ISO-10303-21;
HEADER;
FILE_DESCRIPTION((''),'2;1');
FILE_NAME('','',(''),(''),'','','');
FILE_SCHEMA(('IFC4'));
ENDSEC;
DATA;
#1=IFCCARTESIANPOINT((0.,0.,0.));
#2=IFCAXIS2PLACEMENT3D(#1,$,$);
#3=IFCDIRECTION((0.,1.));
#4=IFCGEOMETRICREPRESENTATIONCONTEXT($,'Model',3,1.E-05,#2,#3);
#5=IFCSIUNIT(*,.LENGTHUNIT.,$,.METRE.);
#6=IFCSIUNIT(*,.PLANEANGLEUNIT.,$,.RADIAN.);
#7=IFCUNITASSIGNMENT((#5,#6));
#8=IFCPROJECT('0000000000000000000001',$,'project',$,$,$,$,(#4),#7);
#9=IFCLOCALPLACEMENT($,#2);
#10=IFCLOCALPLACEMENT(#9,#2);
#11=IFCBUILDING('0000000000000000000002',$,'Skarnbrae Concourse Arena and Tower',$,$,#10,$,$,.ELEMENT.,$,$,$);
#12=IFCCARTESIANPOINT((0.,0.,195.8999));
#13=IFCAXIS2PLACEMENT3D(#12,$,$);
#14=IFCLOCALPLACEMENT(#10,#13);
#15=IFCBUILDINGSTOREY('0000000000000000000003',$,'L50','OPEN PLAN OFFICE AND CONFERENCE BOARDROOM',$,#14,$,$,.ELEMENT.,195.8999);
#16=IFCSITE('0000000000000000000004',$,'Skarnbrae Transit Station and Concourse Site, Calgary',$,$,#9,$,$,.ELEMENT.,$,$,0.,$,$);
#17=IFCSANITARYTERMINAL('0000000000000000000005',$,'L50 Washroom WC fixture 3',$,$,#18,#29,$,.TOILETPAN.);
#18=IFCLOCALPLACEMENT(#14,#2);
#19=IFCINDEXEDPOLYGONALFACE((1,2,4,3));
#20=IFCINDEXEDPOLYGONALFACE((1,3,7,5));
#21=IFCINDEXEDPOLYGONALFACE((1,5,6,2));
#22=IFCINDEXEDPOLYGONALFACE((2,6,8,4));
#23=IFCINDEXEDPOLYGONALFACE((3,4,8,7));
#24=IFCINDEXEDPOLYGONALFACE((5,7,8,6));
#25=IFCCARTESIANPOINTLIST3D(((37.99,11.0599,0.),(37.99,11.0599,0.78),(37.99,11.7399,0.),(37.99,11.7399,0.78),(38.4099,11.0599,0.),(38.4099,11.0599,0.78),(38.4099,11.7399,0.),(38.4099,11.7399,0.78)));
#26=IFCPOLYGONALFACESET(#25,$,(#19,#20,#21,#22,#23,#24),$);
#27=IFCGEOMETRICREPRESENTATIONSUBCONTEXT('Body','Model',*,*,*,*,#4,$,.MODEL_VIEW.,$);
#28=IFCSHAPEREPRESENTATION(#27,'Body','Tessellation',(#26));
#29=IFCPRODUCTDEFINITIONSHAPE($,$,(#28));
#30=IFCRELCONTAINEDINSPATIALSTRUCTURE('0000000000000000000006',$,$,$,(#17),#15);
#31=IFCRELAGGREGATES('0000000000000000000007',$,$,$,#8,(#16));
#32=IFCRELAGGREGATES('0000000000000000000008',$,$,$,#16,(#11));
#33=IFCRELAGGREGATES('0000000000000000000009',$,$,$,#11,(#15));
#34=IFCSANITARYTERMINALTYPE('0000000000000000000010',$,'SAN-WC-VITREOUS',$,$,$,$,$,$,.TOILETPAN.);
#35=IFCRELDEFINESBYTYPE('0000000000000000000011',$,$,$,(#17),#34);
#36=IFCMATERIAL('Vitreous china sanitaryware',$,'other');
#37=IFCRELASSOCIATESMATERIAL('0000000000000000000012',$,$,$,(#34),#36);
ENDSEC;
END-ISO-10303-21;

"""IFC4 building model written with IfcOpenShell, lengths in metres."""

from ifc_helpers import new_model, si_unit, direction, frame, origin, origin_2d, place, context, subcontext, project, spatial, rectangle, extrude, source, transform, mapped, material, type_object, element, save


model = new_model("IFC4")

# Units and contexts
model_context = context("Model", 3, precision=1e-05, world=origin(), true_north=direction((0.0, 1.0)))
body_context = subcontext(model_context, "Body", "Model", "MODEL_VIEW")
ifc_project = project(units=[si_unit("LENGTHUNIT", "METRE"), si_unit("PLANEANGLEUNIT", "RADIAN")], contexts=[model_context])

# Site, building, storey
site_placement = place(None, origin())
site = spatial("IfcSite", under=ifc_project, at=site_placement, Name="Skarnbrae Transit Station and Concourse Site, Calgary", CompositionType="ELEMENT", RefElevation=0.0)
building_placement = place(site_placement, origin())
building = spatial("IfcBuilding", under=site, at=building_placement, Name="Skarnbrae Concourse Arena and Tower", CompositionType="ELEMENT")
storey_placement = place(building_placement, frame((0.0, 0.0, 195.8999)))
storey = spatial("IfcBuildingStorey", under=building, at=storey_placement, Name="L50", Description="OPEN PLAN OFFICE AND CONFERENCE BOARDROOM", CompositionType="ELEMENT", Elevation=195.8999)

# Sanitary terminal
ifc_material_1 = material(Name="Vitreous china sanitaryware", Category="other")
sanitary_terminal_type = type_object("IfcSanitaryTerminalType", Name="SAN-WC-VITREOUS", PredefinedType="TOILETPAN", material=ifc_material_1)
shared_shape_1 = source(origin(), body_context, "Body", "SweptSolid", [
    extrude(rectangle(XDim=0.4199, YDim=0.6799, at=origin_2d()), origin(), (0.0, 0.0, 1.0), 0.78),
])
for number, where, z_axis, x_axis, name in (
    (1, (38.2, 11.3999, 0.0), (0.0, 0.0, 1.0), (1.0, 0.0, 0.0), "L50 Washroom WC fixture 3"),
):
    element("IfcSanitaryTerminal", number, at=place(storey_placement, frame(where, z_axis=z_axis, x_axis=x_axis)), inside=storey, type_object=sanitary_terminal_type, Name=name, PredefinedType="TOILETPAN", context=body_context, shape_type="MappedRepresentation", body=[
        mapped(shared_shape_1, transform((0.0, 0.0, 0.0))),
    ])

save(model, "model.ifc")
